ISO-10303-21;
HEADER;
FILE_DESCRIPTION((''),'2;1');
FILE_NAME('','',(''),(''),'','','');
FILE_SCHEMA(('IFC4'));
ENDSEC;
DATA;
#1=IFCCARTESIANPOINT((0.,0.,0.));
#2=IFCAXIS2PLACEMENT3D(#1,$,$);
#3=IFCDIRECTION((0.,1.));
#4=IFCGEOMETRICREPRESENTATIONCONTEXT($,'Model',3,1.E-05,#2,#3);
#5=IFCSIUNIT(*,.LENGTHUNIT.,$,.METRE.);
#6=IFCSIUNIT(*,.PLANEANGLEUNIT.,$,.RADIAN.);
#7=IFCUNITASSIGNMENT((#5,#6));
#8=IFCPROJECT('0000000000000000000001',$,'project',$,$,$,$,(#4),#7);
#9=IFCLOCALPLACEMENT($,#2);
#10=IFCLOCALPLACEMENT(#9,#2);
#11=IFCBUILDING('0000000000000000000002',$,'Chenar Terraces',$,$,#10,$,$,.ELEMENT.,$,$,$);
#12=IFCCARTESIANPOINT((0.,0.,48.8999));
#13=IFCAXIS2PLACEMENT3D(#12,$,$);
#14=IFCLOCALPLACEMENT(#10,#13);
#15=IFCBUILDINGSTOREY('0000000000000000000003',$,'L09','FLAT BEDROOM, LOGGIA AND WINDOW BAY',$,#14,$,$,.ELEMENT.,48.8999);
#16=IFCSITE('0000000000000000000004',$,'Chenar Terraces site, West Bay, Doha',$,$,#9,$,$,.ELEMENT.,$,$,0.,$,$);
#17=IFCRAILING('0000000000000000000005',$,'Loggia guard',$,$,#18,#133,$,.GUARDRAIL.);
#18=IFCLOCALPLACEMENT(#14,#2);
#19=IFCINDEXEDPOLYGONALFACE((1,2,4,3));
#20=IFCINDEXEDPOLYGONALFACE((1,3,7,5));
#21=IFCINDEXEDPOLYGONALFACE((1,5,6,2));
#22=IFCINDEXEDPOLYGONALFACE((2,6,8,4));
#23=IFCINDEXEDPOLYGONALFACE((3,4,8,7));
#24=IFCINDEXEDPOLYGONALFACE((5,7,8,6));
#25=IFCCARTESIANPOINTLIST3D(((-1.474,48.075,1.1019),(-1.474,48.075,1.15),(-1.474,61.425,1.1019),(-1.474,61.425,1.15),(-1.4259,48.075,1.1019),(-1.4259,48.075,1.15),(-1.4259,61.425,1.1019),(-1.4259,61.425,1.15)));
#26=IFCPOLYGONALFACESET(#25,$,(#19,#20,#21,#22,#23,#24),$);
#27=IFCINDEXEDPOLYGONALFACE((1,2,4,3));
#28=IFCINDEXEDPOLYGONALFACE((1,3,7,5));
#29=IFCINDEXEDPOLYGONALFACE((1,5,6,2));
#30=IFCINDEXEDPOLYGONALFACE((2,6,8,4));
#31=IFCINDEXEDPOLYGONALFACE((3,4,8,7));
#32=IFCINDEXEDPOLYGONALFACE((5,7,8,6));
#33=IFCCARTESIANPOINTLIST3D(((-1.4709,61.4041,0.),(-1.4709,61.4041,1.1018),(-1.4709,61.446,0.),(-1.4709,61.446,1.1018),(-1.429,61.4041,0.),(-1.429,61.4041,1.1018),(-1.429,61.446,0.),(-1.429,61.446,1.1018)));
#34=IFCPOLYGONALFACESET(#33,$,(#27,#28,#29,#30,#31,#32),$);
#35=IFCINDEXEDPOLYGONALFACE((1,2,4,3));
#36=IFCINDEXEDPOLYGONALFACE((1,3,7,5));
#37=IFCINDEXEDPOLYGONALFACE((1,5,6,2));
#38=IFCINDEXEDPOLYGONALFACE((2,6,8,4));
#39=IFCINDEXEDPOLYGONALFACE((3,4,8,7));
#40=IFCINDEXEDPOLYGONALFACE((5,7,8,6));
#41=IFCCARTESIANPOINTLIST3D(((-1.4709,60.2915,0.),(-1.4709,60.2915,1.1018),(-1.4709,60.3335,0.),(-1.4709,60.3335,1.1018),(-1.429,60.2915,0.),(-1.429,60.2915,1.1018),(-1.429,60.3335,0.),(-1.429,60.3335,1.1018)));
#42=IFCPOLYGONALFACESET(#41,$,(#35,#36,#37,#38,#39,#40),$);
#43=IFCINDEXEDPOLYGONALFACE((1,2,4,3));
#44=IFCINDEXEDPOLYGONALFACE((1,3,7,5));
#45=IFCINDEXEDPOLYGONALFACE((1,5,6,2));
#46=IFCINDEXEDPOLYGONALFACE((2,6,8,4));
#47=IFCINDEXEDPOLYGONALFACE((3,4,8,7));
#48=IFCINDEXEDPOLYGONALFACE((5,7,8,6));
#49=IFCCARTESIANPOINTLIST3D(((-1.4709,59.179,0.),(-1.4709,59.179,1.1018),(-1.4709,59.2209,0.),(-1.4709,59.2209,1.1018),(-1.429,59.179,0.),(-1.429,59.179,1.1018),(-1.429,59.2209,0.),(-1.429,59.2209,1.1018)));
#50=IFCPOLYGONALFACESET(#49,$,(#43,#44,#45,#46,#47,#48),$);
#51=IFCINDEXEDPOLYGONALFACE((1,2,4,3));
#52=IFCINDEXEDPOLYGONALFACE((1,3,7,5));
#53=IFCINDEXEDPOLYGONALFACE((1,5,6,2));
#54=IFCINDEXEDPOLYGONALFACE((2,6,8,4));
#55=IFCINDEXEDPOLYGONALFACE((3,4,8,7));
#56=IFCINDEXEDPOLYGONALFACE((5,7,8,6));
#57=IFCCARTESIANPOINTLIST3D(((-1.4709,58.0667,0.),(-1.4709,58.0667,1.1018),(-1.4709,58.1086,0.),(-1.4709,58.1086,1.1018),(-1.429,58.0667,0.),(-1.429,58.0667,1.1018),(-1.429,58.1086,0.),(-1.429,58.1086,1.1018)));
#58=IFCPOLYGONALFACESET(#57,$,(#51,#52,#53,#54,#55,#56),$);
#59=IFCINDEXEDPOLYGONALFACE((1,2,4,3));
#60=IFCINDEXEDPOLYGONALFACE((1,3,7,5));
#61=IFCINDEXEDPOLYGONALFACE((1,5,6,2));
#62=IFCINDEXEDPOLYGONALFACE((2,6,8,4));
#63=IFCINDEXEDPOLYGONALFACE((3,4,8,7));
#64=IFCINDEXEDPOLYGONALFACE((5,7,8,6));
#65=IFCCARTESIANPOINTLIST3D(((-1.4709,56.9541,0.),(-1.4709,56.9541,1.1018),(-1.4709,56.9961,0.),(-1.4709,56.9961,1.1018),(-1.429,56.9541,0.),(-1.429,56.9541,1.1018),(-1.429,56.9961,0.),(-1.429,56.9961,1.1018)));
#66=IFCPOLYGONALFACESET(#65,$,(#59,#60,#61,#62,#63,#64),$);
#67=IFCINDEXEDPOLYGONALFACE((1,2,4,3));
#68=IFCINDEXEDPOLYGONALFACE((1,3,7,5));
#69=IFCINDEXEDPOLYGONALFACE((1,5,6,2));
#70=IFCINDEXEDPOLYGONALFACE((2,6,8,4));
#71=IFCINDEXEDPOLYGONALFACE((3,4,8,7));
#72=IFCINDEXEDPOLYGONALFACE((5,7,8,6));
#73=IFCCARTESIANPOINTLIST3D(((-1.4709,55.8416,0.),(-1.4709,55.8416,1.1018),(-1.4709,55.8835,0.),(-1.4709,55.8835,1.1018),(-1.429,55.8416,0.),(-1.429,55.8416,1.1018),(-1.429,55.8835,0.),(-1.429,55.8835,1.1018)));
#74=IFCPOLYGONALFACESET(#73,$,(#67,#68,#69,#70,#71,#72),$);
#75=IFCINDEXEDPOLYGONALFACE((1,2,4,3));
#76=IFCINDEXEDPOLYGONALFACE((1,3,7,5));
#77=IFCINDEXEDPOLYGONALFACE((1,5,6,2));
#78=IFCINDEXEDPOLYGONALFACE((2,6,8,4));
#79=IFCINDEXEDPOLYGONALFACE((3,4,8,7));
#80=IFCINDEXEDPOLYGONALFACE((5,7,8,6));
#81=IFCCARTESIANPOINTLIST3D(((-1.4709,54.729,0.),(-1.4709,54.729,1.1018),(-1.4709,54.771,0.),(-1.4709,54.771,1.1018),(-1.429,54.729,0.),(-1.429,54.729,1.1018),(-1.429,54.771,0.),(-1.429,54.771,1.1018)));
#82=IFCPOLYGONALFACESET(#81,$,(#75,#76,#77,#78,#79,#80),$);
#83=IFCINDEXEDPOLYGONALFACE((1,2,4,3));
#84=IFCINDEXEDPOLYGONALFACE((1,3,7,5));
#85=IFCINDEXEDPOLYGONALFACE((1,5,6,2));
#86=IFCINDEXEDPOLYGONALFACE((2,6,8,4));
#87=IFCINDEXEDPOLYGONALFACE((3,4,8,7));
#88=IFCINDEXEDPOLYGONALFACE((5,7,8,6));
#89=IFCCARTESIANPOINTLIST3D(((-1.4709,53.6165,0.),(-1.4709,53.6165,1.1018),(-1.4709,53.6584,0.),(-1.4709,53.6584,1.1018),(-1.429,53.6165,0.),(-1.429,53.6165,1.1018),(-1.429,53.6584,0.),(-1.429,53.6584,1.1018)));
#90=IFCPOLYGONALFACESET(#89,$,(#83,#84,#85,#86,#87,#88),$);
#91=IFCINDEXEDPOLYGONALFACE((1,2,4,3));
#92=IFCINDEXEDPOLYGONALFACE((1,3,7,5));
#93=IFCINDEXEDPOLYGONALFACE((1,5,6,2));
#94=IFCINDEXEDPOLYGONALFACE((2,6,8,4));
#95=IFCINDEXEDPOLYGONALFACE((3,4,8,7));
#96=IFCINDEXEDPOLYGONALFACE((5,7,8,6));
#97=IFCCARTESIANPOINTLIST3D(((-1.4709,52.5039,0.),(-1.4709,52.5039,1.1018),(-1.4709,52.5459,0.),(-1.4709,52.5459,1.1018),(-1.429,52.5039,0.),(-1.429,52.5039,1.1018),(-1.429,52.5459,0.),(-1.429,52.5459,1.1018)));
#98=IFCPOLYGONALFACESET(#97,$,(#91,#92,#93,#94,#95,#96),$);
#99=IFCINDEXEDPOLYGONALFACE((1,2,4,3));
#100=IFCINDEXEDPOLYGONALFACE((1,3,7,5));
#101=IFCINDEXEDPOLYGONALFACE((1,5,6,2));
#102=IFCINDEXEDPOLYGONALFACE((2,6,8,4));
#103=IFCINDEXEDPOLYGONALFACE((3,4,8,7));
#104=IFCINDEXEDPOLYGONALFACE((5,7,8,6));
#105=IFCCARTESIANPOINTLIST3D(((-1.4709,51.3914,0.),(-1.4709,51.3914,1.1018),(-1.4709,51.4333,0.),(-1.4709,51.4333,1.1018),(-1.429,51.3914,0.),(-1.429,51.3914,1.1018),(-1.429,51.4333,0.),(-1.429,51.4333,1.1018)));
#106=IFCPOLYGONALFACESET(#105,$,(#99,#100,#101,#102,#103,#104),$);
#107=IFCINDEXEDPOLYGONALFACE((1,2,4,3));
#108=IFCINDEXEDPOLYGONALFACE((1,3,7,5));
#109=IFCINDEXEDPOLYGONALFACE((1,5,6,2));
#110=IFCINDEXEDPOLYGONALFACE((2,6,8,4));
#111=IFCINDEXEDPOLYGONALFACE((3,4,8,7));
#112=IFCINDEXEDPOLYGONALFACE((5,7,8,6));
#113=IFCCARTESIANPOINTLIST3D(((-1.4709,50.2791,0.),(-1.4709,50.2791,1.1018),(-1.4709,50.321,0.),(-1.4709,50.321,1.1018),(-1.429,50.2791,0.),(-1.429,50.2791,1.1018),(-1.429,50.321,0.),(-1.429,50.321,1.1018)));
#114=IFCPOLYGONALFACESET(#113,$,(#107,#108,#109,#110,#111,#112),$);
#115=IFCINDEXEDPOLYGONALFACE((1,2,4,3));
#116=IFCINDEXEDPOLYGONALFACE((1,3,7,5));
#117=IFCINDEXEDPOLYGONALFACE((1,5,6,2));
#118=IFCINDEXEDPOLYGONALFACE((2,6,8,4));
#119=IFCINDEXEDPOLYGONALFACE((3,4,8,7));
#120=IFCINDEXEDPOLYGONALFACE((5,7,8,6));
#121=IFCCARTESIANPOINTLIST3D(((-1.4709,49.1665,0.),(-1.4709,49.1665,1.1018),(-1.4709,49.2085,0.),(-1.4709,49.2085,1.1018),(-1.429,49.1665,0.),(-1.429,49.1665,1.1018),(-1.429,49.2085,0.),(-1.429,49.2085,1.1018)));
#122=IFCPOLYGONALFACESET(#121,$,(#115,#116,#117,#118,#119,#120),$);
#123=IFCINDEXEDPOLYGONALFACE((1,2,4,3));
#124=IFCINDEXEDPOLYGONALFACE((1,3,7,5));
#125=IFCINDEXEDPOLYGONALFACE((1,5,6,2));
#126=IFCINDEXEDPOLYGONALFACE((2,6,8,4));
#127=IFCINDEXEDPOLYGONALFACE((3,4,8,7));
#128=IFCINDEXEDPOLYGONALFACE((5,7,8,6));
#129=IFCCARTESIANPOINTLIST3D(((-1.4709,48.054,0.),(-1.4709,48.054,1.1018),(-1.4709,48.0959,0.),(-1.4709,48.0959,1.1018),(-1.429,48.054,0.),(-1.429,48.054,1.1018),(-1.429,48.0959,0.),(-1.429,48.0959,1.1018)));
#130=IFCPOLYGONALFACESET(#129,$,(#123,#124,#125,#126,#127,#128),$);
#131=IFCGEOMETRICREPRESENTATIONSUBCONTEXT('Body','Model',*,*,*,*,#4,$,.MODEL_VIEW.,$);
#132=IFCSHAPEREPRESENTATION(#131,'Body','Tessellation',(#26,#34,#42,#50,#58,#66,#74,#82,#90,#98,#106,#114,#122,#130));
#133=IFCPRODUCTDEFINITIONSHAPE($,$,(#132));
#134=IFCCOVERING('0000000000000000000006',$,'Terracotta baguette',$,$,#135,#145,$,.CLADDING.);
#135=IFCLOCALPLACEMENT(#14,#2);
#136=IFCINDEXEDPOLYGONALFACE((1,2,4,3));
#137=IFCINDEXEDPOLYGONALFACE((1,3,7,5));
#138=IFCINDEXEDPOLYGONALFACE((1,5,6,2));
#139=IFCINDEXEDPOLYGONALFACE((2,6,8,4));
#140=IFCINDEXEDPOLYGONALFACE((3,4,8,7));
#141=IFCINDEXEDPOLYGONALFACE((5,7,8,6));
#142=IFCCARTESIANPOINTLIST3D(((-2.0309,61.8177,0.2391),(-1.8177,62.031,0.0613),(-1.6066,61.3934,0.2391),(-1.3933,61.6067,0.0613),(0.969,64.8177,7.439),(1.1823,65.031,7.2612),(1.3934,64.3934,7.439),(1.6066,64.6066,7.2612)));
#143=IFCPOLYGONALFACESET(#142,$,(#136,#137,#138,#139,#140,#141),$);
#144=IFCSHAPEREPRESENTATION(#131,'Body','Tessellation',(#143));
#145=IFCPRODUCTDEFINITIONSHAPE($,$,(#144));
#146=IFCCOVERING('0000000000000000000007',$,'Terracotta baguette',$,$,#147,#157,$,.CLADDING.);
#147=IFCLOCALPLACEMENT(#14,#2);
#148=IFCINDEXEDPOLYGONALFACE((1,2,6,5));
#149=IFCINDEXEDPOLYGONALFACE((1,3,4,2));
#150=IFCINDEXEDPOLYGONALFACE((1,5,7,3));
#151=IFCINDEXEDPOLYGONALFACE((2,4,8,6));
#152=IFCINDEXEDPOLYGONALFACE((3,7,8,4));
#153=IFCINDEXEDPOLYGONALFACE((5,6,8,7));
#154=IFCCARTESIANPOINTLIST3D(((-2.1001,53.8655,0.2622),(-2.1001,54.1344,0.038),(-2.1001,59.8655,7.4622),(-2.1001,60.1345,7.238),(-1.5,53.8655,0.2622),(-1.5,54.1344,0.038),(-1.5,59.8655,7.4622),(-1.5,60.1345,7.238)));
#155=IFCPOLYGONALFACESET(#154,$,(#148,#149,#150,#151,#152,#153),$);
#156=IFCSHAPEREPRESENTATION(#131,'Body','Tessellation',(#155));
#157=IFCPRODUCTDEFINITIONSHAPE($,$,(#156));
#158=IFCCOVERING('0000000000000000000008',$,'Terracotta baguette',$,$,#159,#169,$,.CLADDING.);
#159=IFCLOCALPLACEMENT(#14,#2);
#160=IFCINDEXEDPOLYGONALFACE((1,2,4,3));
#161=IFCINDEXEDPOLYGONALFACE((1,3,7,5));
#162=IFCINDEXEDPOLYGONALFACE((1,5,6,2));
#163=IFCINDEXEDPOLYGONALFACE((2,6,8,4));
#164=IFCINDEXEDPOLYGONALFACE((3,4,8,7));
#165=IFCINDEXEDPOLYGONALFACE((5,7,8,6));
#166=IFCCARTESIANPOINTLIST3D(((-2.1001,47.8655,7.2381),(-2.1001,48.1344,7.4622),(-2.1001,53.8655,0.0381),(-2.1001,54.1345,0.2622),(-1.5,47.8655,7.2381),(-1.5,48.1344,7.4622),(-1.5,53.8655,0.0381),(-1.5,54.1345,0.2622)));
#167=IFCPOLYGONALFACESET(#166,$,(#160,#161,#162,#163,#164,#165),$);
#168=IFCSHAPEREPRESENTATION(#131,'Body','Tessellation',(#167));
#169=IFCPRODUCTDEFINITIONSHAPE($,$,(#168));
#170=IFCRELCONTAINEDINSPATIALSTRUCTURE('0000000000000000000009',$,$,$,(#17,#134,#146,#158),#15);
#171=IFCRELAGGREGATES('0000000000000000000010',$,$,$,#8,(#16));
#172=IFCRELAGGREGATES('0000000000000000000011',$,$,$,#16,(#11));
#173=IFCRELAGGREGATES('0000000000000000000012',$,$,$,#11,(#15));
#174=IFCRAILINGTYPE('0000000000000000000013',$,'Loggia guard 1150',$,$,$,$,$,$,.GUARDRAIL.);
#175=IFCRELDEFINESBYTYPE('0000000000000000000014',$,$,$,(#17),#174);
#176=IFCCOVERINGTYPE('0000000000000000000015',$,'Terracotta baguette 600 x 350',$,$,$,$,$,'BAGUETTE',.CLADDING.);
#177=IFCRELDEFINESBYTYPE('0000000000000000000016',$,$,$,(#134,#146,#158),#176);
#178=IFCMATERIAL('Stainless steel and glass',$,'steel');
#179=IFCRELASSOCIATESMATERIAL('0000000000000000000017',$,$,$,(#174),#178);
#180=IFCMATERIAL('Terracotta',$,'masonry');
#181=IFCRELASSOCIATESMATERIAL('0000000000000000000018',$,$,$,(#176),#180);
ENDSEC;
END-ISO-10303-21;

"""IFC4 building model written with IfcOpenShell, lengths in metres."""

from ifc_helpers import new_model, si_unit, direction, frame, origin, origin_2d, place, context, subcontext, project, spatial, rectangle, extrude, material, material_profile, profile_set, type_object, element, save


model = new_model("IFC4")

# Units and contexts
model_context = context("Model", 3, precision=1e-05, world=origin(), true_north=direction((0.0, 1.0)))
body_context = subcontext(model_context, "Body", "Model", "MODEL_VIEW")
ifc_project = project(units=[si_unit("LENGTHUNIT", "METRE"), si_unit("PLANEANGLEUNIT", "RADIAN")], contexts=[model_context])

# Site, building, storey
site_placement = place(None, origin())
site = spatial("IfcSite", under=ifc_project, at=site_placement, Name="Chenar Terraces site, West Bay, Doha", CompositionType="ELEMENT", RefElevation=0.0)
building_placement = place(site_placement, origin())
building = spatial("IfcBuilding", under=site, at=building_placement, Name="Chenar Terraces", CompositionType="ELEMENT")
storey_placement = place(building_placement, frame((0.0, 0.0, 48.8999)))
storey = spatial("IfcBuildingStorey", under=building, at=storey_placement, Name="L09", Description="FLAT BEDROOM, LOGGIA AND WINDOW BAY", CompositionType="ELEMENT", Elevation=48.8999)

# Railing
ifc_material_1 = material(Name="Stainless steel and glass", Category="steel")
railing_type = type_object("IfcRailingType", Name="Loggia guard 1150", PredefinedType="GUARDRAIL", material=ifc_material_1)
railing_placement = place(storey_placement, frame((-1.45, 61.425, 0.0)))
element("IfcRailing", 1, at=railing_placement, inside=storey, type_object=railing_type, Name="Loggia guard", PredefinedType="GUARDRAIL", context=body_context, shape_type="SweptSolid", body=[
    extrude(rectangle(XDim=0.0481, YDim=0.0481, at=origin_2d()), frame((0.0, 0.0, 1.126), z_axis=(0.0, -1.0, 0.0), x_axis=(1.0, 0.0, 0.0)), (0.0, 0.0, 1.0), 13.3501),
    extrude(rectangle(XDim=0.042, YDim=0.042, at=origin_2d()), origin(), (0.0, 0.0, 1.0), 1.1018),
    extrude(rectangle(XDim=0.042, YDim=0.042, at=origin_2d()), frame((0.0, -1.1125, 0.0)), (0.0, 0.0, 1.0), 1.1018),
    extrude(rectangle(XDim=0.042, YDim=0.042, at=origin_2d()), frame((0.0, -2.2251, 0.0)), (0.0, 0.0, 1.0), 1.1018),
    extrude(rectangle(XDim=0.042, YDim=0.042, at=origin_2d()), frame((0.0, -3.3374, 0.0)), (0.0, 0.0, 1.0), 1.1018),
    extrude(rectangle(XDim=0.042, YDim=0.042, at=origin_2d()), frame((0.0, -4.45, 0.0)), (0.0, 0.0, 1.0), 1.1018),
    extrude(rectangle(XDim=0.042, YDim=0.042, at=origin_2d()), frame((0.0, -5.5625, 0.0)), (0.0, 0.0, 1.0), 1.1018),
    extrude(rectangle(XDim=0.042, YDim=0.042, at=origin_2d()), frame((0.0, -6.675, 0.0)), (0.0, 0.0, 1.0), 1.1018),
    extrude(rectangle(XDim=0.042, YDim=0.042, at=origin_2d()), frame((0.0, -7.7876, 0.0)), (0.0, 0.0, 1.0), 1.1018),
    extrude(rectangle(XDim=0.042, YDim=0.042, at=origin_2d()), frame((0.0, -8.9001, 0.0)), (0.0, 0.0, 1.0), 1.1018),
    extrude(rectangle(XDim=0.042, YDim=0.042, at=origin_2d()), frame((0.0, -10.0127, 0.0)), (0.0, 0.0, 1.0), 1.1018),
    extrude(rectangle(XDim=0.042, YDim=0.042, at=origin_2d()), frame((0.0, -11.125, 0.0)), (0.0, 0.0, 1.0), 1.1018),
    extrude(rectangle(XDim=0.042, YDim=0.042, at=origin_2d()), frame((0.0, -12.2375, 0.0)), (0.0, 0.0, 1.0), 1.1018),
    extrude(rectangle(XDim=0.042, YDim=0.042, at=origin_2d()), frame((0.0, -13.3501, 0.0)), (0.0, 0.0, 1.0), 1.1018),
])

# Coverings
ifc_material_2 = material(Name="Terracotta", Category="masonry")
ifc_material_profile_1 = material_profile(ifc_material_2, rectangle(XDim=0.6001, YDim=0.3501, at=origin_2d()), Name="Terracotta baguette 600 x 350")
ifc_profile_set_1 = profile_set([ifc_material_profile_1], Name="Terracotta")
covering_type = type_object("IfcCoveringType", Name="Terracotta baguette 600 x 350", ElementType="BAGUETTE", PredefinedType="CLADDING", material=ifc_profile_set_1)
covering_placement = place(storey_placement, frame((1.2878, 64.7122, 7.3501), z_axis=(-0.358981, -0.358981, -0.861548), x_axis=(0.707107, -0.707107, 0.0)))
element("IfcCovering", 2, at=covering_placement, inside=storey, type_object=covering_type, Name="Terracotta baguette", PredefinedType="CLADDING", context=body_context, shape_type="SweptSolid", body=[
    extrude(rectangle(XDim=0.6001, YDim=0.3501, at=origin_2d()), origin(), (0.0, 0.0, 1.0), 8.3569),
])
for number, where, z_axis, x_axis, name in (
    (3, (-1.8, 60.0, 7.3501), (0.0, -0.640187, -0.768219), (1.0, 0.0, 0.0), "Terracotta baguette"),
    (4, (-1.8, 54.0, 0.1501), (0.0, -0.640187, 0.768219), (1.0, 0.0, 0.0), "Terracotta baguette"),
):
    element("IfcCovering", number, at=place(storey_placement, frame(where, z_axis=z_axis, x_axis=x_axis)), inside=storey, type_object=covering_type, Name=name, PredefinedType="CLADDING", context=body_context, shape_type="SweptSolid", body=[
        extrude(rectangle(XDim=0.6001, YDim=0.3501, at=origin_2d()), origin(), (0.0, 0.0, 1.0), 9.3723),
    ])

save(model, "model.ifc")
